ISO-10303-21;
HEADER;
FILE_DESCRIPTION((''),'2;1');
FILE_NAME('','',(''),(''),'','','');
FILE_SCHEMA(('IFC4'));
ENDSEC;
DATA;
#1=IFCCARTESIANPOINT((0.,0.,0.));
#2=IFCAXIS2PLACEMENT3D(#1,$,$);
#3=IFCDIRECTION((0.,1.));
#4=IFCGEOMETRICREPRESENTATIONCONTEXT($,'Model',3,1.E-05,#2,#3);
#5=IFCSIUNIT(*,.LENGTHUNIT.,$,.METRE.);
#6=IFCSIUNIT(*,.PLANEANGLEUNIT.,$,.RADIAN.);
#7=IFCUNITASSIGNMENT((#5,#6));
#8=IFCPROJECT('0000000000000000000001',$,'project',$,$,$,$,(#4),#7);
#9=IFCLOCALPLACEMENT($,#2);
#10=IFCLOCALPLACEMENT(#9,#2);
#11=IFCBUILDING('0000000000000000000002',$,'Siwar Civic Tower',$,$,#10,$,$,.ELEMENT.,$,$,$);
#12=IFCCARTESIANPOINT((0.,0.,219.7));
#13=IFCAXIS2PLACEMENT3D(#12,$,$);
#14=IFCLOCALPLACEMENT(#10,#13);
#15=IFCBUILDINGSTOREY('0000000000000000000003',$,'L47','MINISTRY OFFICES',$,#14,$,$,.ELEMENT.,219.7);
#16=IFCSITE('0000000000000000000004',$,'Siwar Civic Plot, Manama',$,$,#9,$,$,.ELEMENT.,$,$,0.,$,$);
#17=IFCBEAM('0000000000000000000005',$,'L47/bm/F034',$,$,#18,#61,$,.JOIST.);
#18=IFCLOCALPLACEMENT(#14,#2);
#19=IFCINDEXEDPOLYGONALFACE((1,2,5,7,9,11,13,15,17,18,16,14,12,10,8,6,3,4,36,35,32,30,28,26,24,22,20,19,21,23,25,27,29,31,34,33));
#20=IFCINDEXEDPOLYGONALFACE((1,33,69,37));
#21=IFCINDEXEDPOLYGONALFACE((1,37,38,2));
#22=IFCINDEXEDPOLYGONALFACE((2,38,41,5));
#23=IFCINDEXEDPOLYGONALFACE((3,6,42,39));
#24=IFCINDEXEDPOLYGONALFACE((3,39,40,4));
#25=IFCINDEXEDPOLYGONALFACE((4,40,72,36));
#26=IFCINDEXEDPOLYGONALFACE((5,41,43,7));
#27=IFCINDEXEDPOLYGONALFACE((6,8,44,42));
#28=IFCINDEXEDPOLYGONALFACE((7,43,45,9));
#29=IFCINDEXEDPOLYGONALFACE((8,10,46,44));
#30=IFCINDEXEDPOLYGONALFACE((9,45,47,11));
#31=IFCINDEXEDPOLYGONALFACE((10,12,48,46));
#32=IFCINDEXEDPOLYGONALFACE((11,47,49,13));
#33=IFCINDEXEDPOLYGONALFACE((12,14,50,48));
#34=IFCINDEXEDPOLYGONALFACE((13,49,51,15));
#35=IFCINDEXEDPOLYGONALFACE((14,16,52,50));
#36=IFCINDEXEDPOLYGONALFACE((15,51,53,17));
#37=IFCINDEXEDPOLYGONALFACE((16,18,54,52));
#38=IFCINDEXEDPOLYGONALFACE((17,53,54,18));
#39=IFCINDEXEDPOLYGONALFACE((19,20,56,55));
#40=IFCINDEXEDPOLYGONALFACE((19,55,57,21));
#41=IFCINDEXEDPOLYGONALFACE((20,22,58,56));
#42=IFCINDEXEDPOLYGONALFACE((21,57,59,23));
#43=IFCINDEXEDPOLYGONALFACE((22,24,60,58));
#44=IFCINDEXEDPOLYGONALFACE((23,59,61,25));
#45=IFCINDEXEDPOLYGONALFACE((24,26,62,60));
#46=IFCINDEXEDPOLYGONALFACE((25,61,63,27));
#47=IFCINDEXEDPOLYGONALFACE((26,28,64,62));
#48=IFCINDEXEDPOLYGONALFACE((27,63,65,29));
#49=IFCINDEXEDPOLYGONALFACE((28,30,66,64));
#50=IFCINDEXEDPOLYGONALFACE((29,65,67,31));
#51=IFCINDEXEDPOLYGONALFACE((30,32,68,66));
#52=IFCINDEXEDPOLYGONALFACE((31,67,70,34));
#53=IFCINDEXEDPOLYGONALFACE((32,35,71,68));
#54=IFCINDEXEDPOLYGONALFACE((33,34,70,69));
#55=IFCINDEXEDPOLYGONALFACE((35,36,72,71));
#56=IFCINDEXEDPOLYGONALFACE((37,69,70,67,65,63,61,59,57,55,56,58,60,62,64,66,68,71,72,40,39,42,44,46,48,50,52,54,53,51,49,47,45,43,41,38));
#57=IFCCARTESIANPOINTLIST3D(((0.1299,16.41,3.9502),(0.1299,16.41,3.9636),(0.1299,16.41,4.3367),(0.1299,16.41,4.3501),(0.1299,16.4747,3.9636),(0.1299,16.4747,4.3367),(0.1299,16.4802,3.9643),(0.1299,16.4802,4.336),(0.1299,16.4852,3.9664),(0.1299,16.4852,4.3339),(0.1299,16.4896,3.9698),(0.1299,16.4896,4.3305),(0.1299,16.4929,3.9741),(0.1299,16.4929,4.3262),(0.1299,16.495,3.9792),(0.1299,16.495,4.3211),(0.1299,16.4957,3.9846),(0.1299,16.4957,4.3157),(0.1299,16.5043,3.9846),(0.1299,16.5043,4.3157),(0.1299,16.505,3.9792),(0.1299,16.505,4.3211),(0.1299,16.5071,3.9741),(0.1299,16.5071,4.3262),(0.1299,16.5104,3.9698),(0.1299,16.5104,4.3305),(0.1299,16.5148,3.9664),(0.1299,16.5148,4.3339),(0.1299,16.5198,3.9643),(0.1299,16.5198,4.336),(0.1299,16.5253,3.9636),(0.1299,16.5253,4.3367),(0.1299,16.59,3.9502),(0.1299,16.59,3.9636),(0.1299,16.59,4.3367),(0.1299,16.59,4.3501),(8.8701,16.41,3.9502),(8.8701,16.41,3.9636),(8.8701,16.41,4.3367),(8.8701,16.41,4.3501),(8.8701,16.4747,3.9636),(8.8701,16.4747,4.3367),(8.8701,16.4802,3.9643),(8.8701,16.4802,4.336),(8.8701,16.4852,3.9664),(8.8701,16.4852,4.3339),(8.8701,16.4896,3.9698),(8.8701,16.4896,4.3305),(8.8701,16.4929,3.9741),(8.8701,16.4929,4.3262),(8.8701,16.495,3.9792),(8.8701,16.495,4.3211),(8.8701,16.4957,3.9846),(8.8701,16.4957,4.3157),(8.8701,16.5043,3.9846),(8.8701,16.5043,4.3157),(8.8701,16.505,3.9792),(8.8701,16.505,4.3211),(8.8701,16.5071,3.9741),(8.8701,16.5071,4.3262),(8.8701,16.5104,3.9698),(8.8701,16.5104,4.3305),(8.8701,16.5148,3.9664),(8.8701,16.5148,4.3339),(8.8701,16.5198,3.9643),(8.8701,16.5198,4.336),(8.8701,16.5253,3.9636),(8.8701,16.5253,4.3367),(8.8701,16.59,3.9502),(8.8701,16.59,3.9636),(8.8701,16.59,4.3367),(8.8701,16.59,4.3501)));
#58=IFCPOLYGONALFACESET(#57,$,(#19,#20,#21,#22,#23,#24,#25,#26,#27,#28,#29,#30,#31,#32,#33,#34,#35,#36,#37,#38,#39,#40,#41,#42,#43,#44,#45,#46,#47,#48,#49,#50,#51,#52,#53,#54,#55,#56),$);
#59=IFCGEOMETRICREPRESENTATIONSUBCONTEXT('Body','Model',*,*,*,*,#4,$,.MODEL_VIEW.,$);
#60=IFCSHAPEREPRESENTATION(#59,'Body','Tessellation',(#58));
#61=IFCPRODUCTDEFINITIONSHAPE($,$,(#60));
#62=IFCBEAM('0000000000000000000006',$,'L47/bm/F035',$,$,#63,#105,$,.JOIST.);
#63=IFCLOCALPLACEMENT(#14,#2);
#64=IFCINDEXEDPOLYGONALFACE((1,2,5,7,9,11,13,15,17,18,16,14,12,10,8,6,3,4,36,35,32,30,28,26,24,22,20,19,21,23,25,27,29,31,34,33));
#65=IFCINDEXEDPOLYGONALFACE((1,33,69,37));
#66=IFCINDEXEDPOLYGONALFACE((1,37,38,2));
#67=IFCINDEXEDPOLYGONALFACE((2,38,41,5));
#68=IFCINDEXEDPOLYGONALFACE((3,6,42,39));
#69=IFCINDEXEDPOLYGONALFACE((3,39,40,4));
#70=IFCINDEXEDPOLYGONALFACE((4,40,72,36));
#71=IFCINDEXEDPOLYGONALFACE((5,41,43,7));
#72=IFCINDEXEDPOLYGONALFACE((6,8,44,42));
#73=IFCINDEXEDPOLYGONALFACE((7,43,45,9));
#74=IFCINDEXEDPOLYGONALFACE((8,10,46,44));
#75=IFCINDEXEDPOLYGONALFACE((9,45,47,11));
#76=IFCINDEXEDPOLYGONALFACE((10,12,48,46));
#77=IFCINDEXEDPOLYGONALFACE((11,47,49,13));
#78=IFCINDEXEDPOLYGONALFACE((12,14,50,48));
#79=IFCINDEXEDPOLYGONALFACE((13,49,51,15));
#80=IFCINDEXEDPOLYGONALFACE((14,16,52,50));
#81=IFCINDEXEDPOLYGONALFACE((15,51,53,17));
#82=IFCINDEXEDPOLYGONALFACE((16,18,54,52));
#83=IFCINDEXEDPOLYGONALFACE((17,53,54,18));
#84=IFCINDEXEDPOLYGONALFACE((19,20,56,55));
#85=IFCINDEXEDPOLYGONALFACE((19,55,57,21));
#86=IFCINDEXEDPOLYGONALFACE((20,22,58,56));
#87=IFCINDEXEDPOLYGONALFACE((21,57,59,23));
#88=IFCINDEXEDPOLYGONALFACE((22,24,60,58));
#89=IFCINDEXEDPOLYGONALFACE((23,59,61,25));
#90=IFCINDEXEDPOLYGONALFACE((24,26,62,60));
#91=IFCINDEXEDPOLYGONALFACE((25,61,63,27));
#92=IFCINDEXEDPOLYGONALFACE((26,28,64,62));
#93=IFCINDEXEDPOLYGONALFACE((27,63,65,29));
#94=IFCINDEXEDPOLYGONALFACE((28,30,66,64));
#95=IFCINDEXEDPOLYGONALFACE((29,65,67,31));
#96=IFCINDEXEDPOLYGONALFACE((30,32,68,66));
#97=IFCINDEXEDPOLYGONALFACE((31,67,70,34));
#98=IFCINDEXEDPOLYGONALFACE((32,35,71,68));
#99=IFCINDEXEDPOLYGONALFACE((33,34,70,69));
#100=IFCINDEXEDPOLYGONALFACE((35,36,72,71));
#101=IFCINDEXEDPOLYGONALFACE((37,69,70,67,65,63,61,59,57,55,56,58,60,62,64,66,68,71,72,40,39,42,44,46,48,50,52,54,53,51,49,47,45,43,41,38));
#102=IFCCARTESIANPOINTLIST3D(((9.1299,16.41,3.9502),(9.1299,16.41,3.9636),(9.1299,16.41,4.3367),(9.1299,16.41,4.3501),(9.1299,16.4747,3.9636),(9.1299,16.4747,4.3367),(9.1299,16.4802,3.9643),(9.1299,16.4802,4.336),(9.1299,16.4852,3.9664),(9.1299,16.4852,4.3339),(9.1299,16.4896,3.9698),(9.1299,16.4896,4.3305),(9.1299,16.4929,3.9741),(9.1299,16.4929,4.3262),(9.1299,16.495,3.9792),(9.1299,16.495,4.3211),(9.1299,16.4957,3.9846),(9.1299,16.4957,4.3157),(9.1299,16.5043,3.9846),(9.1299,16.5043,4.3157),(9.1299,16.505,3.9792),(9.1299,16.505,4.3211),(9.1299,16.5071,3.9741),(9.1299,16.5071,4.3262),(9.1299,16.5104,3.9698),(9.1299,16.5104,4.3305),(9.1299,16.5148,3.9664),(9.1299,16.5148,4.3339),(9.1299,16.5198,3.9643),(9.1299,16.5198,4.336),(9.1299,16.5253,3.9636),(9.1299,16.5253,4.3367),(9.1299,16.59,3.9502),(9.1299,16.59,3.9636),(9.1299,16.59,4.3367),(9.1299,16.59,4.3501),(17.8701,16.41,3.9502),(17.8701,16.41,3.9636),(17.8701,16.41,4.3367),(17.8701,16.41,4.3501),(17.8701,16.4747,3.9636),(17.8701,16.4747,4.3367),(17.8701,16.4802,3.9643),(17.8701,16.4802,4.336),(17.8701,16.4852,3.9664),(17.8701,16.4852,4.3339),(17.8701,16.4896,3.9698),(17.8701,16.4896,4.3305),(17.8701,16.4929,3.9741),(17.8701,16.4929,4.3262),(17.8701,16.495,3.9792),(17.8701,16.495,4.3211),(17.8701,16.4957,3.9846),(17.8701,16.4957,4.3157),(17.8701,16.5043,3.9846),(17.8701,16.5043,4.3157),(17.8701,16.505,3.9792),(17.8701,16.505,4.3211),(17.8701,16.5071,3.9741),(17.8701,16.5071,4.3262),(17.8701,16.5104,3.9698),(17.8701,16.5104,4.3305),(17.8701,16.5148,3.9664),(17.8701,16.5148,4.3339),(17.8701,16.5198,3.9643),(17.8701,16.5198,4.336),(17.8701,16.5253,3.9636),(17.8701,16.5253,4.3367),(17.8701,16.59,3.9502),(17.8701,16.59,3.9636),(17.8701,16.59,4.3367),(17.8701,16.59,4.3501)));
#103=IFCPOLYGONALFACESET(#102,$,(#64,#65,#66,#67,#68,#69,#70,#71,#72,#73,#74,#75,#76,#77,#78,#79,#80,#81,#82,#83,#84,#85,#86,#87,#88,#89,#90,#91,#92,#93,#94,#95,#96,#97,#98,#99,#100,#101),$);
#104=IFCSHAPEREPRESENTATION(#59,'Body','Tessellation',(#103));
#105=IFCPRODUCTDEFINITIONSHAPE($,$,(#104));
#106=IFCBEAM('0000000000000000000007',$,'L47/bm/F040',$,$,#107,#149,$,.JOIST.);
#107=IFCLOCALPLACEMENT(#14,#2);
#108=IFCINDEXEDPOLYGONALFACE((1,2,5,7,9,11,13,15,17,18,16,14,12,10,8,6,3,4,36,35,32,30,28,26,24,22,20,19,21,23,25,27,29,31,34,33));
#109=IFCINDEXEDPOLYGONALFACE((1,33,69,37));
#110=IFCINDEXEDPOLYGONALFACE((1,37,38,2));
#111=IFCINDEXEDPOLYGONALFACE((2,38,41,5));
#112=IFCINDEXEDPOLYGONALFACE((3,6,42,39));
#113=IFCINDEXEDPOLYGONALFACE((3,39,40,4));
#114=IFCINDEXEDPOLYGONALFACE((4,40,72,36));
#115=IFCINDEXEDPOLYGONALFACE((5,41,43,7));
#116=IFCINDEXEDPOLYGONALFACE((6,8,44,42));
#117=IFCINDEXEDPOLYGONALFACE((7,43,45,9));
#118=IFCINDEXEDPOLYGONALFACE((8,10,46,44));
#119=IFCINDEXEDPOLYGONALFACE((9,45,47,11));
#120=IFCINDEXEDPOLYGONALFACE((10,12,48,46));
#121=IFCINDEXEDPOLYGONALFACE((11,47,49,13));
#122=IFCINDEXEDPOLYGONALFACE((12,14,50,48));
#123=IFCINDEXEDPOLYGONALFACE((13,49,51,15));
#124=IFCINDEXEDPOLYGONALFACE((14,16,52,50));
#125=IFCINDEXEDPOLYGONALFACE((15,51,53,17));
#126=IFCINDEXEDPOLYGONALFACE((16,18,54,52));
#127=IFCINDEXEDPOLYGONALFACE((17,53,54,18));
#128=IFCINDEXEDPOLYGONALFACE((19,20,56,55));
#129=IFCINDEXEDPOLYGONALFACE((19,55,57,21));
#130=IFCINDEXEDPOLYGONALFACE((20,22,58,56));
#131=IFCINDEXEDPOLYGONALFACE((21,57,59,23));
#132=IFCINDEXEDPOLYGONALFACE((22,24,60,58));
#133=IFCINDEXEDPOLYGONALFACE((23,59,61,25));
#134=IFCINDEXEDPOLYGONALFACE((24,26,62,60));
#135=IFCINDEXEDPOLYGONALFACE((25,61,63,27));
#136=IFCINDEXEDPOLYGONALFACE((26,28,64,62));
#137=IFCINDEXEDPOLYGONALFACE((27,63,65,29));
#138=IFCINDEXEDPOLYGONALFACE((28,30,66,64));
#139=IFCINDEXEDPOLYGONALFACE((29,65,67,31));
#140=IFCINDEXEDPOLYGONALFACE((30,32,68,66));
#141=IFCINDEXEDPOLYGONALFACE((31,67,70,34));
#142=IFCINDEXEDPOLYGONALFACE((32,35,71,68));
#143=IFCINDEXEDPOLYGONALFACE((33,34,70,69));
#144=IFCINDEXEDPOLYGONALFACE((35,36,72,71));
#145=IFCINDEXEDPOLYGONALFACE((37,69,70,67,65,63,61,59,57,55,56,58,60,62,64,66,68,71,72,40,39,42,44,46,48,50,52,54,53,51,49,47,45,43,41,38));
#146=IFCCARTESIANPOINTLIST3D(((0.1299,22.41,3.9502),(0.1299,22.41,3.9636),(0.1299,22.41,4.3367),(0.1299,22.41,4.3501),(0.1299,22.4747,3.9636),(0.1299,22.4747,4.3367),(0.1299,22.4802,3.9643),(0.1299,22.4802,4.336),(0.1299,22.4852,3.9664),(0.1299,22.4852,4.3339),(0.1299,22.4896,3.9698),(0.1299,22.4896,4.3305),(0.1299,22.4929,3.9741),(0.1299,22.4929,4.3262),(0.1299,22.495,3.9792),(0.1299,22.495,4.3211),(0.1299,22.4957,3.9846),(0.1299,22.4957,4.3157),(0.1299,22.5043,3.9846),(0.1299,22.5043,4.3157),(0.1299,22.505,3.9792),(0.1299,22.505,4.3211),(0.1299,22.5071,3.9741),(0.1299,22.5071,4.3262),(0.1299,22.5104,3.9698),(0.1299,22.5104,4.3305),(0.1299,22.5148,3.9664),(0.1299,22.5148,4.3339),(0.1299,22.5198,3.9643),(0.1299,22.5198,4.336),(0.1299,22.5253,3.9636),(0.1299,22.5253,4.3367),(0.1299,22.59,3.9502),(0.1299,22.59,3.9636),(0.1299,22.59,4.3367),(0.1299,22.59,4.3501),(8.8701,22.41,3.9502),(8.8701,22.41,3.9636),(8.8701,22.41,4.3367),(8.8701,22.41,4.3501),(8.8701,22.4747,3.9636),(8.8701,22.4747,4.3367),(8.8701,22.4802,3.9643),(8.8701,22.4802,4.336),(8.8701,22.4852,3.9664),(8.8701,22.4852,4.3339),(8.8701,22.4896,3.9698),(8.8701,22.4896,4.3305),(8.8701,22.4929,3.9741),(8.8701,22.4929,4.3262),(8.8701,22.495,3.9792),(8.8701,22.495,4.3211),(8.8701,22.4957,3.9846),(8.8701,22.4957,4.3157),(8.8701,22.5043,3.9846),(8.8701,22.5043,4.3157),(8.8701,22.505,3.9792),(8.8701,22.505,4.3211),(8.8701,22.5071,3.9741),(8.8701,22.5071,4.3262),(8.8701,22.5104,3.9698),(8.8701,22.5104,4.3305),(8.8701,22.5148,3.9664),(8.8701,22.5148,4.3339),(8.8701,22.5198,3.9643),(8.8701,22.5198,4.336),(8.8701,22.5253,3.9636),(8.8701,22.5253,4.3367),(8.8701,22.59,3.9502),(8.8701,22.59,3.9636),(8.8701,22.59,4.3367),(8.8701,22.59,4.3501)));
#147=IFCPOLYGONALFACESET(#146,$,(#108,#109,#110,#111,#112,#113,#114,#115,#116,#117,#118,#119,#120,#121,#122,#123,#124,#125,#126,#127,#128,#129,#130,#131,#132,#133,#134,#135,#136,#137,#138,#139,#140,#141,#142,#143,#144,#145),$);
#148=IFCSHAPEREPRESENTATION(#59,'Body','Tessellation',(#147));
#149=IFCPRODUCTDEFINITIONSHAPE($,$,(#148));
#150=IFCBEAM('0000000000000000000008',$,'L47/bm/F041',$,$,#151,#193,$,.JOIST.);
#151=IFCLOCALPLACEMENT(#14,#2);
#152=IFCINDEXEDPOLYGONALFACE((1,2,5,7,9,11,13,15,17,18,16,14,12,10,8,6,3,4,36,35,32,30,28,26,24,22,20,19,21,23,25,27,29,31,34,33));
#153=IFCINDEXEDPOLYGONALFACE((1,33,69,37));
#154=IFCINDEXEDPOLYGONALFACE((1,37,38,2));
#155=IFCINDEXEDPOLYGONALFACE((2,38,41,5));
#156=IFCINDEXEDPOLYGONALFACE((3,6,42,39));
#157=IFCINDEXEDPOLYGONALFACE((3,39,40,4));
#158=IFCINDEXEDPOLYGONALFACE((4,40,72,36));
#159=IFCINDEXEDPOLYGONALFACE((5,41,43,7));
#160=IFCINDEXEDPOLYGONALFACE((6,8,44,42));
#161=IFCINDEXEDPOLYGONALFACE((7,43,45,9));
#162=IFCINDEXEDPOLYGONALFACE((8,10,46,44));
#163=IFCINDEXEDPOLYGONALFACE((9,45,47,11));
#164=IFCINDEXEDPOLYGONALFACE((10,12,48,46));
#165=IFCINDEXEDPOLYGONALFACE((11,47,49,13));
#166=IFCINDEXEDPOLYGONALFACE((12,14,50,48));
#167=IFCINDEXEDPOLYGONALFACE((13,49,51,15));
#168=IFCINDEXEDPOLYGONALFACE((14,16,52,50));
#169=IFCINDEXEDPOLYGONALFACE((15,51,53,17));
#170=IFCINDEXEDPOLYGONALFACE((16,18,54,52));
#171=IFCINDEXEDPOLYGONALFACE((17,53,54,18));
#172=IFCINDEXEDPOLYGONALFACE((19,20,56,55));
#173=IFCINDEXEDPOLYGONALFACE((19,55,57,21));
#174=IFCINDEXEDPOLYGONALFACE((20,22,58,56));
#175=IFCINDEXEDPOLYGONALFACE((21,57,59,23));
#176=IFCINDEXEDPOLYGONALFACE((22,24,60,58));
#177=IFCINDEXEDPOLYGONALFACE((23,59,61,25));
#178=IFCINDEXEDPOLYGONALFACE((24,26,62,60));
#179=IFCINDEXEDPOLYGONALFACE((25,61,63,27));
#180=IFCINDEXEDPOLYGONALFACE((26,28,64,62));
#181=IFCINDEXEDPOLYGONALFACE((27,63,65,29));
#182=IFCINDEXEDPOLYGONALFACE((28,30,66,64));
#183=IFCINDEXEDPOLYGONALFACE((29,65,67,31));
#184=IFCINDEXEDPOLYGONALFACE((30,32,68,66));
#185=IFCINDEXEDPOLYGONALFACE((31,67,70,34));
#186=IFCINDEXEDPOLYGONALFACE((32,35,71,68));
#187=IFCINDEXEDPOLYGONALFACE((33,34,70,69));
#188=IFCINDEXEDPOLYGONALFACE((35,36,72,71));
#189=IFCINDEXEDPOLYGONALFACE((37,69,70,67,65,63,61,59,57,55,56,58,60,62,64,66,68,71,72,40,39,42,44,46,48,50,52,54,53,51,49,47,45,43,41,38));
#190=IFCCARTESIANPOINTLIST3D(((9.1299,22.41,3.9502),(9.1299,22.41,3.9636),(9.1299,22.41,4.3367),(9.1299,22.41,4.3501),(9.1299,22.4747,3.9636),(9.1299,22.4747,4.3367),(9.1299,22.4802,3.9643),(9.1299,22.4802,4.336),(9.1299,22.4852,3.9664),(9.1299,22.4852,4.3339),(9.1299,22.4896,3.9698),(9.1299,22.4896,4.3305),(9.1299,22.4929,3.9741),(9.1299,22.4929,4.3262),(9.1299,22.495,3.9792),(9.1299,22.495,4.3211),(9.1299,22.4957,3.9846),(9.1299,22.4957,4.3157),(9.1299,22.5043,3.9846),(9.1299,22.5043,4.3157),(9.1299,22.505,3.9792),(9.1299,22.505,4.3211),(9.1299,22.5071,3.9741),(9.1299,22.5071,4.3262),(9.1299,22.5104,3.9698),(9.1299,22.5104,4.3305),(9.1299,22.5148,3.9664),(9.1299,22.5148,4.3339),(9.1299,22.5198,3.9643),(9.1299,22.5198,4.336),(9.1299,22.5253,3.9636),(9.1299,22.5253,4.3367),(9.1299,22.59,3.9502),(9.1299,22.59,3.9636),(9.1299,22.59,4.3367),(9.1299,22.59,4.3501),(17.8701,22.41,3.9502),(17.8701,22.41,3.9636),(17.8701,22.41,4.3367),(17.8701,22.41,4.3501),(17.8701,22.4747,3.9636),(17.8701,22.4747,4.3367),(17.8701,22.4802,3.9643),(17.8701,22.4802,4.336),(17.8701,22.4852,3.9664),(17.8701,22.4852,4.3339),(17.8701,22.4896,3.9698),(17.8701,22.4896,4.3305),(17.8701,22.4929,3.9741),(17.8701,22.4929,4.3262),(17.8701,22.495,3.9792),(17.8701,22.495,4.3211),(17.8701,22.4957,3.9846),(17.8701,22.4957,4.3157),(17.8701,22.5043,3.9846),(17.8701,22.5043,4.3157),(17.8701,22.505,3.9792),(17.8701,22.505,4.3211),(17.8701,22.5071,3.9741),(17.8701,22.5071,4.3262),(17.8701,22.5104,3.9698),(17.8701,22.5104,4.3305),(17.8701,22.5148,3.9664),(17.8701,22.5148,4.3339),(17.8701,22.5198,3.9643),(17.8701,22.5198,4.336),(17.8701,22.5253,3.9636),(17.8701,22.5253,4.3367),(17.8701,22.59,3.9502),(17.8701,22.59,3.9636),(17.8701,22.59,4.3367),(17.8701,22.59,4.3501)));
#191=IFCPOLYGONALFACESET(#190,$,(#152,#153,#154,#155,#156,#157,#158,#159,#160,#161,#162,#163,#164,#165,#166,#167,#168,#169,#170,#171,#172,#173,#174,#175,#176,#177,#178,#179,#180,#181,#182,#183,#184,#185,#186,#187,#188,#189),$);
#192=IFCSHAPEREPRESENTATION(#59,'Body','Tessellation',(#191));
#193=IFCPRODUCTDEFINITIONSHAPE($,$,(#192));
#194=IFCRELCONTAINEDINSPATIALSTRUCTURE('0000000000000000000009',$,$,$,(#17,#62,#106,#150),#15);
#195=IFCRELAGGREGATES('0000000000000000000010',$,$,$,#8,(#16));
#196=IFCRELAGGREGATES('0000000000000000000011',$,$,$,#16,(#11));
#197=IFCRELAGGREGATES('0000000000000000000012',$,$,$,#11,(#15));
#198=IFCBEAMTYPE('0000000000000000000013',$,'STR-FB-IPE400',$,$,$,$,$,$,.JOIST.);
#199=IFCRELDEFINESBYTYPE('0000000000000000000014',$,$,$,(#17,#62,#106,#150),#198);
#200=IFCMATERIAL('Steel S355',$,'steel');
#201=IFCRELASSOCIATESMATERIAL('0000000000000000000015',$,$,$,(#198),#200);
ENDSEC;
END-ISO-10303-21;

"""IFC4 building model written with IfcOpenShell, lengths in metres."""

from ifc_helpers import new_model, si_unit, direction, frame, origin, origin_2d, place, context, subcontext, project, spatial, i_section, extrude, material, material_profile, profile_set, type_object, element, save


model = new_model("IFC4")

# Units and contexts
model_context = context("Model", 3, precision=1e-05, world=origin(), true_north=direction((0.0, 1.0)))
body_context = subcontext(model_context, "Body", "Model", "MODEL_VIEW")
ifc_project = project(units=[si_unit("LENGTHUNIT", "METRE"), si_unit("PLANEANGLEUNIT", "RADIAN")], contexts=[model_context])

# Site, building, storey
site_placement = place(None, origin())
site = spatial("IfcSite", under=ifc_project, at=site_placement, Name="Siwar Civic Plot, Manama", CompositionType="ELEMENT", RefElevation=0.0)
building_placement = place(site_placement, origin())
building = spatial("IfcBuilding", under=site, at=building_placement, Name="Siwar Civic Tower", CompositionType="ELEMENT")
storey_placement = place(building_placement, frame((0.0, 0.0, 219.7)))
storey = spatial("IfcBuildingStorey", under=building, at=storey_placement, Name="L47", Description="MINISTRY OFFICES", CompositionType="ELEMENT", Elevation=219.7)

# Beams
ifc_material_1 = material(Name="Steel S355", Category="steel")
ifc_material_profile_1 = material_profile(ifc_material_1, i_section(OverallWidth=0.1799, OverallDepth=0.3999, WebThickness=0.0085, FlangeThickness=0.0134, FilletRadius=0.021, at=origin_2d()), Name="IPE400")
ifc_profile_set_1 = profile_set([ifc_material_profile_1], Name="Steel S355")
beam_type_1 = type_object("IfcBeamType", Name="STR-FB-IPE400", PredefinedType="JOIST", material=ifc_profile_set_1)
for number, where, z_axis, x_axis, name in (
    (1, (0.1299, 16.5, 4.1501), (1.0, 0.0, 0.0), (0.0, 1.0, 0.0), "L47/bm/F034"),
    (2, (9.1299, 16.5, 4.1501), (1.0, 0.0, 0.0), (0.0, 1.0, 0.0), "L47/bm/F035"),
    (3, (0.1299, 22.5, 4.1501), (1.0, 0.0, 0.0), (0.0, 1.0, 0.0), "L47/bm/F040"),
    (4, (9.1299, 22.5, 4.1501), (1.0, 0.0, 0.0), (0.0, 1.0, 0.0), "L47/bm/F041"),
):
    element("IfcBeam", number, at=place(storey_placement, frame(where, z_axis=z_axis, x_axis=x_axis)), inside=storey, type_object=beam_type_1, Name=name, PredefinedType="JOIST", context=body_context, shape_type="SweptSolid", body=[
        extrude(i_section(OverallWidth=0.1799, OverallDepth=0.3999, WebThickness=0.0085, FlangeThickness=0.0134, FilletRadius=0.021, at=origin_2d()), origin(), (0.0, 0.0, 1.0), 8.7402),
    ])

save(model, "model.ifc")
